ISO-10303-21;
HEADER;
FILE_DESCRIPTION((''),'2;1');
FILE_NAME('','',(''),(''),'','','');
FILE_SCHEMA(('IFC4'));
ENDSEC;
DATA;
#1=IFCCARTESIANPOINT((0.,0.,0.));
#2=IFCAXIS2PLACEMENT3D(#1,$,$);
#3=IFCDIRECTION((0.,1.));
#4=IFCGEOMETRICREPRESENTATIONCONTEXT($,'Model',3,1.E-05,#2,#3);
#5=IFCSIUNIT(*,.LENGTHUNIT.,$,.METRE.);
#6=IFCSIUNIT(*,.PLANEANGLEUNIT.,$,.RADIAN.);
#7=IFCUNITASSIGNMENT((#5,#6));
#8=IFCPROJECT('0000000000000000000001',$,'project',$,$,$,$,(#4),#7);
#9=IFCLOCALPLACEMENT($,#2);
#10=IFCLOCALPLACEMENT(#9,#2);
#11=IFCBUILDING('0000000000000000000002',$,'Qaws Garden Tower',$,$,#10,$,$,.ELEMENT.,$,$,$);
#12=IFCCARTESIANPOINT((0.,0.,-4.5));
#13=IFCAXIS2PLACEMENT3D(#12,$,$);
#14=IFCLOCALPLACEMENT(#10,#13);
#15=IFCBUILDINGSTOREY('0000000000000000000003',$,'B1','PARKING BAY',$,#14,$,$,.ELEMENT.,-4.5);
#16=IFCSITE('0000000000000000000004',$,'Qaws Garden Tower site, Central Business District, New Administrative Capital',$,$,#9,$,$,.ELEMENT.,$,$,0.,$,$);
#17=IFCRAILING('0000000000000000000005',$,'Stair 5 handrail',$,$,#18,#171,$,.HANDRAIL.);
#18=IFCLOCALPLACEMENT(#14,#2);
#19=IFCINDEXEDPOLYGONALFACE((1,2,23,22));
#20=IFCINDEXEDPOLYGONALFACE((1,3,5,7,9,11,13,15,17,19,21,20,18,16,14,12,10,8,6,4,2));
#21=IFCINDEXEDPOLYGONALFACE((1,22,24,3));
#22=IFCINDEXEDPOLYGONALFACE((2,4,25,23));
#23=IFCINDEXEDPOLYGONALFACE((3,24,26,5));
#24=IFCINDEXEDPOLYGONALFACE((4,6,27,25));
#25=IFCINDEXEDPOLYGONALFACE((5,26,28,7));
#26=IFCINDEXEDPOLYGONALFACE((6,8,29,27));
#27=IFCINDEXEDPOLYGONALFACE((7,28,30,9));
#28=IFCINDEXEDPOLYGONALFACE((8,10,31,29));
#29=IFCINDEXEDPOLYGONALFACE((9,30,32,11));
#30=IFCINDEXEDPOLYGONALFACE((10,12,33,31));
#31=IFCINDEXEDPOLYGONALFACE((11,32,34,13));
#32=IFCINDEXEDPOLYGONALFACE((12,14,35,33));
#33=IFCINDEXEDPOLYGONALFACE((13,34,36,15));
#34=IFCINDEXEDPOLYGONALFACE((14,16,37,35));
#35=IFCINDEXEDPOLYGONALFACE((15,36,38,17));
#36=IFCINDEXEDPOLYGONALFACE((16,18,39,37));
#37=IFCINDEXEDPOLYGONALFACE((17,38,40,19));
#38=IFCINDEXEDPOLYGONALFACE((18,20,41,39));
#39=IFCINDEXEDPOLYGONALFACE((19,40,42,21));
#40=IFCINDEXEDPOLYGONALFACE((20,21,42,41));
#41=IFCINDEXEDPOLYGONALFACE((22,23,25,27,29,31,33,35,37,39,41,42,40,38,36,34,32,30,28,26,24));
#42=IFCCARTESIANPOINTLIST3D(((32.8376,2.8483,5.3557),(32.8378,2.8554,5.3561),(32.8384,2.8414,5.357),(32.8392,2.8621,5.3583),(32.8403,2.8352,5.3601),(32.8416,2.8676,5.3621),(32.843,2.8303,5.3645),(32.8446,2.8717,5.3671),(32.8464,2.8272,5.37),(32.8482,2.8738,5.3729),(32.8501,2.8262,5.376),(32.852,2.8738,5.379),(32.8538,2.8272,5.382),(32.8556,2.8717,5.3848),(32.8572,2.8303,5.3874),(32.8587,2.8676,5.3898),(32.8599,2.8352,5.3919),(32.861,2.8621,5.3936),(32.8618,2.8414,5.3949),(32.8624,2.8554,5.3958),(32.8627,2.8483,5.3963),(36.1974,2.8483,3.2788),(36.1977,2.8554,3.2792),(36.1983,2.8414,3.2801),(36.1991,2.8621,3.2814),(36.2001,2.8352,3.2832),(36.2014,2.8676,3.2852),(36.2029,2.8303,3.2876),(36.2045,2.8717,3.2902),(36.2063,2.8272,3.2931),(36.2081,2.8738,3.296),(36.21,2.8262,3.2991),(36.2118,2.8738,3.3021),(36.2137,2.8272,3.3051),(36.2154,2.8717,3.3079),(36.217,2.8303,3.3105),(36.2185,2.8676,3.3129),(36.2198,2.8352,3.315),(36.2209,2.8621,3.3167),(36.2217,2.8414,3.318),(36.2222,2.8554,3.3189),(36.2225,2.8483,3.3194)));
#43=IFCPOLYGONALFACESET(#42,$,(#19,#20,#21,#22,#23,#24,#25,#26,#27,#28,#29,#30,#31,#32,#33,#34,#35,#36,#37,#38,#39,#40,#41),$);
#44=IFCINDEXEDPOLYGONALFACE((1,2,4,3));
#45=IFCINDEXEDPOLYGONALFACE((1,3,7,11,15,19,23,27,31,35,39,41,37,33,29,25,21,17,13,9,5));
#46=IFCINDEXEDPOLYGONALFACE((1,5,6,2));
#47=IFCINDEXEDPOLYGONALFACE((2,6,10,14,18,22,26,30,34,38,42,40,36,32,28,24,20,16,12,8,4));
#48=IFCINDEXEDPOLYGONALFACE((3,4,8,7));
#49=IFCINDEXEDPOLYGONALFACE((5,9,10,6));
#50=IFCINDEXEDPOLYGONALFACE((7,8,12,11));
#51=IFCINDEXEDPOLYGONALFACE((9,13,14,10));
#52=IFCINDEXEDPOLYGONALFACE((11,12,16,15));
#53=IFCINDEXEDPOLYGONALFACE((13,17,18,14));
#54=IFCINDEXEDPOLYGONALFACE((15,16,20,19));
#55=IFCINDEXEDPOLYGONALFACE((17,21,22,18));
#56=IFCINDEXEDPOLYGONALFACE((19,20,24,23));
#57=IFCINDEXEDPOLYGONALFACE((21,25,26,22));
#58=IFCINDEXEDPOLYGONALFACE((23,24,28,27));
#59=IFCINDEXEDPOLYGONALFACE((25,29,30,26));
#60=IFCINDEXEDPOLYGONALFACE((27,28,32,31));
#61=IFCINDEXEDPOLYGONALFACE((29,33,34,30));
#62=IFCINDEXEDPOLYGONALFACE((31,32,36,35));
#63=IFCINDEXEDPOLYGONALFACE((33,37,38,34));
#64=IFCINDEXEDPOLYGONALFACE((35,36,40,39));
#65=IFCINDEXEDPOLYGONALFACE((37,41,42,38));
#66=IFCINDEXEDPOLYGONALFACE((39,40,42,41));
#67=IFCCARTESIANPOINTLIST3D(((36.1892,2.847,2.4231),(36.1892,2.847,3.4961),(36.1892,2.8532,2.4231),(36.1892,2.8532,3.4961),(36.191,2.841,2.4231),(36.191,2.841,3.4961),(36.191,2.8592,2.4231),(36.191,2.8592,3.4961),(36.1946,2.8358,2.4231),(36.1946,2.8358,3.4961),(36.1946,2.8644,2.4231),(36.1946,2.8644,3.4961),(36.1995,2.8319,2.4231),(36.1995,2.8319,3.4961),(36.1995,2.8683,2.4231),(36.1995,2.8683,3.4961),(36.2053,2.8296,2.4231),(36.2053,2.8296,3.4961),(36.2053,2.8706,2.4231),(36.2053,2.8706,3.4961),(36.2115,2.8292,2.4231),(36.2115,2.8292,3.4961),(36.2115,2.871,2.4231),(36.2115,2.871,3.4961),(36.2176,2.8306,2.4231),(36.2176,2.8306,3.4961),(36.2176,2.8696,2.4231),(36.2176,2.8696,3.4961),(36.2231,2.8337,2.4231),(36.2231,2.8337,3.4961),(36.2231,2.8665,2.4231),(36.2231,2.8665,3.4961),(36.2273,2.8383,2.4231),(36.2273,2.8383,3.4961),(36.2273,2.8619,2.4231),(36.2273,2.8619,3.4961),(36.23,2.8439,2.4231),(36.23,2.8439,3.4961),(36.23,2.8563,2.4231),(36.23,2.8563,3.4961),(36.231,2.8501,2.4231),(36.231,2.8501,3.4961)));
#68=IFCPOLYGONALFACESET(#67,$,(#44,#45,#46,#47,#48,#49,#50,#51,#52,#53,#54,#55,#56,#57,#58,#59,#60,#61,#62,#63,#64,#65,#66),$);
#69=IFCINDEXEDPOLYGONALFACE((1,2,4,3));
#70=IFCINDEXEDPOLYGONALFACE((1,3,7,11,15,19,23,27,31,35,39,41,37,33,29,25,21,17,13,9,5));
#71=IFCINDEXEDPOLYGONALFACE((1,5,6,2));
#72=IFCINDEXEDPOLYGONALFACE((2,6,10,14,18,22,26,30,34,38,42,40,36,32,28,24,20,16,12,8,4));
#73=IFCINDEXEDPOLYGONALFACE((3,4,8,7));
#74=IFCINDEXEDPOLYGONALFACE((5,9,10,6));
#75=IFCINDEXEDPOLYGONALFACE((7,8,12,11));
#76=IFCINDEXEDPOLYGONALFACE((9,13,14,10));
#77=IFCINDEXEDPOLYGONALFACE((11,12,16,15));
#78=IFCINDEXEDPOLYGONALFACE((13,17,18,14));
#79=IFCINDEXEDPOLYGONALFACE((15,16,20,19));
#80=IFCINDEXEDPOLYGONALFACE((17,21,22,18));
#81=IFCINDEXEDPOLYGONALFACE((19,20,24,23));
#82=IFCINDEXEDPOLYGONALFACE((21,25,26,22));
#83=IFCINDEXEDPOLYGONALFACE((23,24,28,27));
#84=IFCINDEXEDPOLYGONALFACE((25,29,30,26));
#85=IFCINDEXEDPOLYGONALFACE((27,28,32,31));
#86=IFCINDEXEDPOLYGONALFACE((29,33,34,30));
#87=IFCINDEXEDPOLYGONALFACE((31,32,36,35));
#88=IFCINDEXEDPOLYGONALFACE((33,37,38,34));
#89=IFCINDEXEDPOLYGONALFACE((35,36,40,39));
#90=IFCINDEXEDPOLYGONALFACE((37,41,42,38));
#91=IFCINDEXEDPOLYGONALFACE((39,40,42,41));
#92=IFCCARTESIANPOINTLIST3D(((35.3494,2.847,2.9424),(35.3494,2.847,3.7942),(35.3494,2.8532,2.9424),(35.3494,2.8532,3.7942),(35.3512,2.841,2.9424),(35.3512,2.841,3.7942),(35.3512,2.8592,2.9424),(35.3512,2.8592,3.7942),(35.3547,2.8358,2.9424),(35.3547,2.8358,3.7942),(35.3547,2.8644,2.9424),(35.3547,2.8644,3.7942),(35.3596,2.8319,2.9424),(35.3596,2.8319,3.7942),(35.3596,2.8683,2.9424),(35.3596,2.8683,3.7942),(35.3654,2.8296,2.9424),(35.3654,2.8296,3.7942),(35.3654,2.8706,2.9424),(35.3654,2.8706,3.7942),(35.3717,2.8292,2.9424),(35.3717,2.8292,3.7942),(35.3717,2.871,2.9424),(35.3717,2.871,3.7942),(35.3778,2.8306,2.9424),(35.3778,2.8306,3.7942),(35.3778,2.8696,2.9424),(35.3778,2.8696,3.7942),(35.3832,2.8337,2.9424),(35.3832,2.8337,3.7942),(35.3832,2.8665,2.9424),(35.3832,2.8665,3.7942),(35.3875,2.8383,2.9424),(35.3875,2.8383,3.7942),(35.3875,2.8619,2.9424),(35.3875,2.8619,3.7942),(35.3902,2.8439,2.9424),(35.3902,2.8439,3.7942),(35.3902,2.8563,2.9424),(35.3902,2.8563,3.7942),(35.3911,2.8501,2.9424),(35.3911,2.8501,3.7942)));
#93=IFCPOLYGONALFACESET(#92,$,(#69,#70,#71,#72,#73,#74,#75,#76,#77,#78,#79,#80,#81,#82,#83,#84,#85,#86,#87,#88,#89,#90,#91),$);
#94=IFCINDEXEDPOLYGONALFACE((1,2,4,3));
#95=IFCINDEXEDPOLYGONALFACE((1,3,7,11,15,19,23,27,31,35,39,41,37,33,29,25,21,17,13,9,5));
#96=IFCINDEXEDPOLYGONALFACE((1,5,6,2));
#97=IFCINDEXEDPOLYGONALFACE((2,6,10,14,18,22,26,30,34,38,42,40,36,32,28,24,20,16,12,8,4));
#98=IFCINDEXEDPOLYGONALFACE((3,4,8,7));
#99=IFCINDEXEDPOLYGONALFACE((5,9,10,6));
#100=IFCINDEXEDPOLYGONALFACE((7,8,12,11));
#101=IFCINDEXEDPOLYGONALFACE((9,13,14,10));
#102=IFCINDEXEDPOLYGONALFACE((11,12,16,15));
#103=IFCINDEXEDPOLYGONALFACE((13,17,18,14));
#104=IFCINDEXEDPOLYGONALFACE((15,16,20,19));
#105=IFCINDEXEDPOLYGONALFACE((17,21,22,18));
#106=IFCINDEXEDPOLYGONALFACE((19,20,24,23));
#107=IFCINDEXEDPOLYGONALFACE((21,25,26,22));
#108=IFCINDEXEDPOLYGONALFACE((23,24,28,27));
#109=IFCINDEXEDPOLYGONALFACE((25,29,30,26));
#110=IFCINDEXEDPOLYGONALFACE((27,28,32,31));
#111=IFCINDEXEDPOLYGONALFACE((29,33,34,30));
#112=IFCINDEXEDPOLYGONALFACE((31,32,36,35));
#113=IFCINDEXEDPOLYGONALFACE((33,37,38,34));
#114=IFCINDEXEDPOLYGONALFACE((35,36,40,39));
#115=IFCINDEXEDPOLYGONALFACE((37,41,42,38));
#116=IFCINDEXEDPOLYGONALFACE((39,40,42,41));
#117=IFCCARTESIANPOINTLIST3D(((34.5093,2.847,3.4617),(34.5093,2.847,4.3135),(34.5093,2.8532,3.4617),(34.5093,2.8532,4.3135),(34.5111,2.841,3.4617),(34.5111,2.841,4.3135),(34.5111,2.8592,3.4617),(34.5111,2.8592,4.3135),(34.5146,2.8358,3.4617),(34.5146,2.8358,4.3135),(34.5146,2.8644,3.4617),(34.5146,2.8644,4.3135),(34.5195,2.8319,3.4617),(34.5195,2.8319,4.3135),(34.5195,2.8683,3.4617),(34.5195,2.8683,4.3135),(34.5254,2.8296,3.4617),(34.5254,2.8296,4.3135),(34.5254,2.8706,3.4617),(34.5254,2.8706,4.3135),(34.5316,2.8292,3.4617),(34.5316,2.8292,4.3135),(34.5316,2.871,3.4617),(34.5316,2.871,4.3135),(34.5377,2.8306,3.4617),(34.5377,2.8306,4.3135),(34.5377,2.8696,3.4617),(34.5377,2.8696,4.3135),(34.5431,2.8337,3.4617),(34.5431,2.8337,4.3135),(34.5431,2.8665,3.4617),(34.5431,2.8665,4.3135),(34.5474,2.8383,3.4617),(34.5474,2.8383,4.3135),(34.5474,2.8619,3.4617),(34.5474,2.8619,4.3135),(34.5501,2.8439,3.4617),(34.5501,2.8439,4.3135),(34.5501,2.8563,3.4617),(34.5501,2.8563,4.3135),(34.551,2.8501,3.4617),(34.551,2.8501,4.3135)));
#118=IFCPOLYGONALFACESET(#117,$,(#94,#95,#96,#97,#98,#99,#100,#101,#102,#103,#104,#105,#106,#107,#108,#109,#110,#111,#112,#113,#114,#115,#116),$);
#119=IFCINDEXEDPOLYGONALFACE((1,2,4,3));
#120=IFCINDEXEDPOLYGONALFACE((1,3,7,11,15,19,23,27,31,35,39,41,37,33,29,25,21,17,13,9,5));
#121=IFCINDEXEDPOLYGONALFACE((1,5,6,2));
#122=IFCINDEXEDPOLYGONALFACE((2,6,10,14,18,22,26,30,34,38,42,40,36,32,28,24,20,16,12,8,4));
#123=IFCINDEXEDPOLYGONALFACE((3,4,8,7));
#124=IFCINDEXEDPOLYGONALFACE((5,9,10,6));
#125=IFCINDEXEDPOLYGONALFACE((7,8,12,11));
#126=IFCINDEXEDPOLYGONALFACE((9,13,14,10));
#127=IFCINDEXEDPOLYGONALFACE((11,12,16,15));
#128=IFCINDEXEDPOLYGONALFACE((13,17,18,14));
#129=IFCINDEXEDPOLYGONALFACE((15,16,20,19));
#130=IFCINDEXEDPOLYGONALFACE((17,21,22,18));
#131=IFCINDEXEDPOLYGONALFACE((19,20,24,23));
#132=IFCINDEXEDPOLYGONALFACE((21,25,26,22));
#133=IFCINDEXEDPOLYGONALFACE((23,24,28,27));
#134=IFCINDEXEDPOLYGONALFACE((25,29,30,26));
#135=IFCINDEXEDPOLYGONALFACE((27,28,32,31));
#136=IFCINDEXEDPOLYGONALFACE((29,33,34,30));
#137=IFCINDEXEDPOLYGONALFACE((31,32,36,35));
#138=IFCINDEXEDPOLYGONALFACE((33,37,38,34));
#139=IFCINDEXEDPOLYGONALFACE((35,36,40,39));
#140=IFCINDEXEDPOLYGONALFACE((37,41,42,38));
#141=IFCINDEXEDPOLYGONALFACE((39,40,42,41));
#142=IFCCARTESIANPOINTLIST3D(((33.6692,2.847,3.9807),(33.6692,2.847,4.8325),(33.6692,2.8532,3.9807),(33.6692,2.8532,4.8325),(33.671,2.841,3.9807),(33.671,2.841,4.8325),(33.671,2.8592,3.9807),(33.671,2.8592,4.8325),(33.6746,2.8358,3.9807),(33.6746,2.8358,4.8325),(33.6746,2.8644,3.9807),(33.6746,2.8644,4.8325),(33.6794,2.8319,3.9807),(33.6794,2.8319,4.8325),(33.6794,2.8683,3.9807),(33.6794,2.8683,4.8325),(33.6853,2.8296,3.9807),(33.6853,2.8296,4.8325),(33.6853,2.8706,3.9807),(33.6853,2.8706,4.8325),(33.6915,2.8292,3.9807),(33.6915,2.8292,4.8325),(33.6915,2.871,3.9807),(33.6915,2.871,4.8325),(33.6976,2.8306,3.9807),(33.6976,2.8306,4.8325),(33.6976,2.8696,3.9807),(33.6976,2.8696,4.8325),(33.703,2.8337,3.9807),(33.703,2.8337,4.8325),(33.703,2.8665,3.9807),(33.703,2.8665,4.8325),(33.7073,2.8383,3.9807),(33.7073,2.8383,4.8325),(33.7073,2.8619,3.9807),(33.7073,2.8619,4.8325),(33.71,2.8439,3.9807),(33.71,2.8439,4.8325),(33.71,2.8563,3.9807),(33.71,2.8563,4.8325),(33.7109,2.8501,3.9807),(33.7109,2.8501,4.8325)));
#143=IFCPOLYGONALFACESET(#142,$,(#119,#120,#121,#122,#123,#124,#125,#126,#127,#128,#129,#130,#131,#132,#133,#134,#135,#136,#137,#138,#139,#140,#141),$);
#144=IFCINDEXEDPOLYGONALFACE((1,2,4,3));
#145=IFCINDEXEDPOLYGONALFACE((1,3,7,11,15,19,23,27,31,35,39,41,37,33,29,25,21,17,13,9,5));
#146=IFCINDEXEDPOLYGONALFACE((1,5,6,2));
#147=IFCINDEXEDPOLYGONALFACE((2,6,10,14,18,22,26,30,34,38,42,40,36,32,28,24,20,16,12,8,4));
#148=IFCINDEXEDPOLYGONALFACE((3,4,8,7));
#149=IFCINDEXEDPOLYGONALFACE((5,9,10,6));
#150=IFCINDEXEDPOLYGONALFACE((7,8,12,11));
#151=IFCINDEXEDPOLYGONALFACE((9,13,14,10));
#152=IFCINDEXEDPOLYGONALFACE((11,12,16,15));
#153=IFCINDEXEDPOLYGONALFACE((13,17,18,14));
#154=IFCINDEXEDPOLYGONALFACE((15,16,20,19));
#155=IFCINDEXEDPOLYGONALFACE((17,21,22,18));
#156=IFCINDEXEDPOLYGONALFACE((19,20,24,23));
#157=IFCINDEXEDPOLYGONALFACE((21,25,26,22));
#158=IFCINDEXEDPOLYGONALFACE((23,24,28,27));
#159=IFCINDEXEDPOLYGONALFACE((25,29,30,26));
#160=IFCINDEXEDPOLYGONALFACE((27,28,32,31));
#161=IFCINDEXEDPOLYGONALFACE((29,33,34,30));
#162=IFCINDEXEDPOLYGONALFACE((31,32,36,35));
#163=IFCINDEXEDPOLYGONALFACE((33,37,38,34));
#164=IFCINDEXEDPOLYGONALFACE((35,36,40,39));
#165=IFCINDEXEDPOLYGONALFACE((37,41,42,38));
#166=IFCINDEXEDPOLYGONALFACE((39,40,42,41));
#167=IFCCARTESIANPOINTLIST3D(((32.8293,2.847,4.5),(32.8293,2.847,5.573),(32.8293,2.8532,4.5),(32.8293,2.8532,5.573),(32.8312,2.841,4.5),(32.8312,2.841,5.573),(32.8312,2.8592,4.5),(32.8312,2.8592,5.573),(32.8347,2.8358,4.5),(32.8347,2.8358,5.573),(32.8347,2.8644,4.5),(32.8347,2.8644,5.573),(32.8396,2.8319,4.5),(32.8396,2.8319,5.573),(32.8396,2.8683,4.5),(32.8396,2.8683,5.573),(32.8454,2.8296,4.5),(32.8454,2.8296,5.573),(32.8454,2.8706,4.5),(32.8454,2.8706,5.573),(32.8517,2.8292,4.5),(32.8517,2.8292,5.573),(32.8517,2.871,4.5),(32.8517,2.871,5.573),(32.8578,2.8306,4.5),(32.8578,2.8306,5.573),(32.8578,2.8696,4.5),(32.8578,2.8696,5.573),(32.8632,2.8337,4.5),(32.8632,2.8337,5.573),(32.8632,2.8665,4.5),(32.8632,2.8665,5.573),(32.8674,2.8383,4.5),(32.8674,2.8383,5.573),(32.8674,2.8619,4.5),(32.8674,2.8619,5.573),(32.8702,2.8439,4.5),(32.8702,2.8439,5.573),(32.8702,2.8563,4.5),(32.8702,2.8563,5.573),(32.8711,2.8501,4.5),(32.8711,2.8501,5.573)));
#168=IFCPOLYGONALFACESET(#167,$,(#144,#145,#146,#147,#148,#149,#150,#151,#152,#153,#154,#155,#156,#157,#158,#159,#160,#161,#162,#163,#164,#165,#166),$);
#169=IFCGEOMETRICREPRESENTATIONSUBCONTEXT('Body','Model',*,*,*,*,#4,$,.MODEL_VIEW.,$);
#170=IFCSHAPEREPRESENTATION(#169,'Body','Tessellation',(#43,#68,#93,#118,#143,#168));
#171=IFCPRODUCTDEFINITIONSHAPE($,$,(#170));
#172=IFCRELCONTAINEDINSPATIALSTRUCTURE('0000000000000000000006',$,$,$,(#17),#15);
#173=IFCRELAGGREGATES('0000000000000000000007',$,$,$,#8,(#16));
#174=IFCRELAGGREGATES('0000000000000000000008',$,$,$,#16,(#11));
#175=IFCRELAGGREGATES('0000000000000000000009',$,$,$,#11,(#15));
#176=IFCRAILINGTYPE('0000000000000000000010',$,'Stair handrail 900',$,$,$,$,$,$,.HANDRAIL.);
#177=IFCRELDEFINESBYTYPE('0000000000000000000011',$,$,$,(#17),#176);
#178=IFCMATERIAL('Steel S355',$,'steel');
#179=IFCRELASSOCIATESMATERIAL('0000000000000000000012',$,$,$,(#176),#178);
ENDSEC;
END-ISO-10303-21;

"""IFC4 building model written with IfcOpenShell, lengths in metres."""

from ifc_helpers import new_model, si_unit, direction, frame, origin, origin_2d, place, context, subcontext, project, spatial, circle, extrude, material, type_object, element, save


model = new_model("IFC4")

# Units and contexts
model_context = context("Model", 3, precision=1e-05, world=origin(), true_north=direction((0.0, 1.0)))
body_context = subcontext(model_context, "Body", "Model", "MODEL_VIEW")
ifc_project = project(units=[si_unit("LENGTHUNIT", "METRE"), si_unit("PLANEANGLEUNIT", "RADIAN")], contexts=[model_context])

# Site, building, storey
site_placement = place(None, origin())
site = spatial("IfcSite", under=ifc_project, at=site_placement, Name="Qaws Garden Tower site, Central Business District, New Administrative Capital", CompositionType="ELEMENT", RefElevation=0.0)
building_placement = place(site_placement, origin())
building = spatial("IfcBuilding", under=site, at=building_placement, Name="Qaws Garden Tower", CompositionType="ELEMENT")
storey_placement = place(building_placement, frame((0.0, 0.0, -4.5)))
storey = spatial("IfcBuildingStorey", under=building, at=storey_placement, Name="B1", Description="PARKING BAY", CompositionType="ELEMENT", Elevation=-4.5)

# Railing
ifc_material_1 = material(Name="Steel S355", Category="steel")
railing_type = type_object("IfcRailingType", Name="Stair handrail 900", PredefinedType="HANDRAIL", material=ifc_material_1)
railing_1_placement = place(storey_placement, frame((36.21, 2.8501, 2.4231)))
element("IfcRailing", 1, at=railing_1_placement, inside=storey, type_object=railing_type, Name="Stair 5 handrail", PredefinedType="HANDRAIL", context=body_context, shape_type="SweptSolid", body=[
    extrude(circle(Radius=0.0239, at=origin_2d()), frame((0.0, 0.0, 0.876), z_axis=(-0.850606, 0.0, 0.525803), x_axis=(0.0, -1.0, 0.0)), (0.0, 0.0, 1.0), 3.95),
    extrude(circle(Radius=0.021, at=origin_2d()), origin(), (0.0, 0.0, 1.0), 1.073),
    extrude(circle(Radius=0.021, at=origin_2d()), frame((-0.8398, 0.0, 0.5193)), (0.0, 0.0, 1.0), 0.8518),
    extrude(circle(Radius=0.021, at=origin_2d()), frame((-1.6799, 0.0, 1.0386)), (0.0, 0.0, 1.0), 0.8518),
    extrude(circle(Radius=0.021, at=origin_2d()), frame((-2.52, 0.0, 1.5576)), (0.0, 0.0, 1.0), 0.8518),
    extrude(circle(Radius=0.021, at=origin_2d()), frame((-3.3599, 0.0, 2.0769)), (0.0, 0.0, 1.0), 1.073),
])

save(model, "model.ifc")
